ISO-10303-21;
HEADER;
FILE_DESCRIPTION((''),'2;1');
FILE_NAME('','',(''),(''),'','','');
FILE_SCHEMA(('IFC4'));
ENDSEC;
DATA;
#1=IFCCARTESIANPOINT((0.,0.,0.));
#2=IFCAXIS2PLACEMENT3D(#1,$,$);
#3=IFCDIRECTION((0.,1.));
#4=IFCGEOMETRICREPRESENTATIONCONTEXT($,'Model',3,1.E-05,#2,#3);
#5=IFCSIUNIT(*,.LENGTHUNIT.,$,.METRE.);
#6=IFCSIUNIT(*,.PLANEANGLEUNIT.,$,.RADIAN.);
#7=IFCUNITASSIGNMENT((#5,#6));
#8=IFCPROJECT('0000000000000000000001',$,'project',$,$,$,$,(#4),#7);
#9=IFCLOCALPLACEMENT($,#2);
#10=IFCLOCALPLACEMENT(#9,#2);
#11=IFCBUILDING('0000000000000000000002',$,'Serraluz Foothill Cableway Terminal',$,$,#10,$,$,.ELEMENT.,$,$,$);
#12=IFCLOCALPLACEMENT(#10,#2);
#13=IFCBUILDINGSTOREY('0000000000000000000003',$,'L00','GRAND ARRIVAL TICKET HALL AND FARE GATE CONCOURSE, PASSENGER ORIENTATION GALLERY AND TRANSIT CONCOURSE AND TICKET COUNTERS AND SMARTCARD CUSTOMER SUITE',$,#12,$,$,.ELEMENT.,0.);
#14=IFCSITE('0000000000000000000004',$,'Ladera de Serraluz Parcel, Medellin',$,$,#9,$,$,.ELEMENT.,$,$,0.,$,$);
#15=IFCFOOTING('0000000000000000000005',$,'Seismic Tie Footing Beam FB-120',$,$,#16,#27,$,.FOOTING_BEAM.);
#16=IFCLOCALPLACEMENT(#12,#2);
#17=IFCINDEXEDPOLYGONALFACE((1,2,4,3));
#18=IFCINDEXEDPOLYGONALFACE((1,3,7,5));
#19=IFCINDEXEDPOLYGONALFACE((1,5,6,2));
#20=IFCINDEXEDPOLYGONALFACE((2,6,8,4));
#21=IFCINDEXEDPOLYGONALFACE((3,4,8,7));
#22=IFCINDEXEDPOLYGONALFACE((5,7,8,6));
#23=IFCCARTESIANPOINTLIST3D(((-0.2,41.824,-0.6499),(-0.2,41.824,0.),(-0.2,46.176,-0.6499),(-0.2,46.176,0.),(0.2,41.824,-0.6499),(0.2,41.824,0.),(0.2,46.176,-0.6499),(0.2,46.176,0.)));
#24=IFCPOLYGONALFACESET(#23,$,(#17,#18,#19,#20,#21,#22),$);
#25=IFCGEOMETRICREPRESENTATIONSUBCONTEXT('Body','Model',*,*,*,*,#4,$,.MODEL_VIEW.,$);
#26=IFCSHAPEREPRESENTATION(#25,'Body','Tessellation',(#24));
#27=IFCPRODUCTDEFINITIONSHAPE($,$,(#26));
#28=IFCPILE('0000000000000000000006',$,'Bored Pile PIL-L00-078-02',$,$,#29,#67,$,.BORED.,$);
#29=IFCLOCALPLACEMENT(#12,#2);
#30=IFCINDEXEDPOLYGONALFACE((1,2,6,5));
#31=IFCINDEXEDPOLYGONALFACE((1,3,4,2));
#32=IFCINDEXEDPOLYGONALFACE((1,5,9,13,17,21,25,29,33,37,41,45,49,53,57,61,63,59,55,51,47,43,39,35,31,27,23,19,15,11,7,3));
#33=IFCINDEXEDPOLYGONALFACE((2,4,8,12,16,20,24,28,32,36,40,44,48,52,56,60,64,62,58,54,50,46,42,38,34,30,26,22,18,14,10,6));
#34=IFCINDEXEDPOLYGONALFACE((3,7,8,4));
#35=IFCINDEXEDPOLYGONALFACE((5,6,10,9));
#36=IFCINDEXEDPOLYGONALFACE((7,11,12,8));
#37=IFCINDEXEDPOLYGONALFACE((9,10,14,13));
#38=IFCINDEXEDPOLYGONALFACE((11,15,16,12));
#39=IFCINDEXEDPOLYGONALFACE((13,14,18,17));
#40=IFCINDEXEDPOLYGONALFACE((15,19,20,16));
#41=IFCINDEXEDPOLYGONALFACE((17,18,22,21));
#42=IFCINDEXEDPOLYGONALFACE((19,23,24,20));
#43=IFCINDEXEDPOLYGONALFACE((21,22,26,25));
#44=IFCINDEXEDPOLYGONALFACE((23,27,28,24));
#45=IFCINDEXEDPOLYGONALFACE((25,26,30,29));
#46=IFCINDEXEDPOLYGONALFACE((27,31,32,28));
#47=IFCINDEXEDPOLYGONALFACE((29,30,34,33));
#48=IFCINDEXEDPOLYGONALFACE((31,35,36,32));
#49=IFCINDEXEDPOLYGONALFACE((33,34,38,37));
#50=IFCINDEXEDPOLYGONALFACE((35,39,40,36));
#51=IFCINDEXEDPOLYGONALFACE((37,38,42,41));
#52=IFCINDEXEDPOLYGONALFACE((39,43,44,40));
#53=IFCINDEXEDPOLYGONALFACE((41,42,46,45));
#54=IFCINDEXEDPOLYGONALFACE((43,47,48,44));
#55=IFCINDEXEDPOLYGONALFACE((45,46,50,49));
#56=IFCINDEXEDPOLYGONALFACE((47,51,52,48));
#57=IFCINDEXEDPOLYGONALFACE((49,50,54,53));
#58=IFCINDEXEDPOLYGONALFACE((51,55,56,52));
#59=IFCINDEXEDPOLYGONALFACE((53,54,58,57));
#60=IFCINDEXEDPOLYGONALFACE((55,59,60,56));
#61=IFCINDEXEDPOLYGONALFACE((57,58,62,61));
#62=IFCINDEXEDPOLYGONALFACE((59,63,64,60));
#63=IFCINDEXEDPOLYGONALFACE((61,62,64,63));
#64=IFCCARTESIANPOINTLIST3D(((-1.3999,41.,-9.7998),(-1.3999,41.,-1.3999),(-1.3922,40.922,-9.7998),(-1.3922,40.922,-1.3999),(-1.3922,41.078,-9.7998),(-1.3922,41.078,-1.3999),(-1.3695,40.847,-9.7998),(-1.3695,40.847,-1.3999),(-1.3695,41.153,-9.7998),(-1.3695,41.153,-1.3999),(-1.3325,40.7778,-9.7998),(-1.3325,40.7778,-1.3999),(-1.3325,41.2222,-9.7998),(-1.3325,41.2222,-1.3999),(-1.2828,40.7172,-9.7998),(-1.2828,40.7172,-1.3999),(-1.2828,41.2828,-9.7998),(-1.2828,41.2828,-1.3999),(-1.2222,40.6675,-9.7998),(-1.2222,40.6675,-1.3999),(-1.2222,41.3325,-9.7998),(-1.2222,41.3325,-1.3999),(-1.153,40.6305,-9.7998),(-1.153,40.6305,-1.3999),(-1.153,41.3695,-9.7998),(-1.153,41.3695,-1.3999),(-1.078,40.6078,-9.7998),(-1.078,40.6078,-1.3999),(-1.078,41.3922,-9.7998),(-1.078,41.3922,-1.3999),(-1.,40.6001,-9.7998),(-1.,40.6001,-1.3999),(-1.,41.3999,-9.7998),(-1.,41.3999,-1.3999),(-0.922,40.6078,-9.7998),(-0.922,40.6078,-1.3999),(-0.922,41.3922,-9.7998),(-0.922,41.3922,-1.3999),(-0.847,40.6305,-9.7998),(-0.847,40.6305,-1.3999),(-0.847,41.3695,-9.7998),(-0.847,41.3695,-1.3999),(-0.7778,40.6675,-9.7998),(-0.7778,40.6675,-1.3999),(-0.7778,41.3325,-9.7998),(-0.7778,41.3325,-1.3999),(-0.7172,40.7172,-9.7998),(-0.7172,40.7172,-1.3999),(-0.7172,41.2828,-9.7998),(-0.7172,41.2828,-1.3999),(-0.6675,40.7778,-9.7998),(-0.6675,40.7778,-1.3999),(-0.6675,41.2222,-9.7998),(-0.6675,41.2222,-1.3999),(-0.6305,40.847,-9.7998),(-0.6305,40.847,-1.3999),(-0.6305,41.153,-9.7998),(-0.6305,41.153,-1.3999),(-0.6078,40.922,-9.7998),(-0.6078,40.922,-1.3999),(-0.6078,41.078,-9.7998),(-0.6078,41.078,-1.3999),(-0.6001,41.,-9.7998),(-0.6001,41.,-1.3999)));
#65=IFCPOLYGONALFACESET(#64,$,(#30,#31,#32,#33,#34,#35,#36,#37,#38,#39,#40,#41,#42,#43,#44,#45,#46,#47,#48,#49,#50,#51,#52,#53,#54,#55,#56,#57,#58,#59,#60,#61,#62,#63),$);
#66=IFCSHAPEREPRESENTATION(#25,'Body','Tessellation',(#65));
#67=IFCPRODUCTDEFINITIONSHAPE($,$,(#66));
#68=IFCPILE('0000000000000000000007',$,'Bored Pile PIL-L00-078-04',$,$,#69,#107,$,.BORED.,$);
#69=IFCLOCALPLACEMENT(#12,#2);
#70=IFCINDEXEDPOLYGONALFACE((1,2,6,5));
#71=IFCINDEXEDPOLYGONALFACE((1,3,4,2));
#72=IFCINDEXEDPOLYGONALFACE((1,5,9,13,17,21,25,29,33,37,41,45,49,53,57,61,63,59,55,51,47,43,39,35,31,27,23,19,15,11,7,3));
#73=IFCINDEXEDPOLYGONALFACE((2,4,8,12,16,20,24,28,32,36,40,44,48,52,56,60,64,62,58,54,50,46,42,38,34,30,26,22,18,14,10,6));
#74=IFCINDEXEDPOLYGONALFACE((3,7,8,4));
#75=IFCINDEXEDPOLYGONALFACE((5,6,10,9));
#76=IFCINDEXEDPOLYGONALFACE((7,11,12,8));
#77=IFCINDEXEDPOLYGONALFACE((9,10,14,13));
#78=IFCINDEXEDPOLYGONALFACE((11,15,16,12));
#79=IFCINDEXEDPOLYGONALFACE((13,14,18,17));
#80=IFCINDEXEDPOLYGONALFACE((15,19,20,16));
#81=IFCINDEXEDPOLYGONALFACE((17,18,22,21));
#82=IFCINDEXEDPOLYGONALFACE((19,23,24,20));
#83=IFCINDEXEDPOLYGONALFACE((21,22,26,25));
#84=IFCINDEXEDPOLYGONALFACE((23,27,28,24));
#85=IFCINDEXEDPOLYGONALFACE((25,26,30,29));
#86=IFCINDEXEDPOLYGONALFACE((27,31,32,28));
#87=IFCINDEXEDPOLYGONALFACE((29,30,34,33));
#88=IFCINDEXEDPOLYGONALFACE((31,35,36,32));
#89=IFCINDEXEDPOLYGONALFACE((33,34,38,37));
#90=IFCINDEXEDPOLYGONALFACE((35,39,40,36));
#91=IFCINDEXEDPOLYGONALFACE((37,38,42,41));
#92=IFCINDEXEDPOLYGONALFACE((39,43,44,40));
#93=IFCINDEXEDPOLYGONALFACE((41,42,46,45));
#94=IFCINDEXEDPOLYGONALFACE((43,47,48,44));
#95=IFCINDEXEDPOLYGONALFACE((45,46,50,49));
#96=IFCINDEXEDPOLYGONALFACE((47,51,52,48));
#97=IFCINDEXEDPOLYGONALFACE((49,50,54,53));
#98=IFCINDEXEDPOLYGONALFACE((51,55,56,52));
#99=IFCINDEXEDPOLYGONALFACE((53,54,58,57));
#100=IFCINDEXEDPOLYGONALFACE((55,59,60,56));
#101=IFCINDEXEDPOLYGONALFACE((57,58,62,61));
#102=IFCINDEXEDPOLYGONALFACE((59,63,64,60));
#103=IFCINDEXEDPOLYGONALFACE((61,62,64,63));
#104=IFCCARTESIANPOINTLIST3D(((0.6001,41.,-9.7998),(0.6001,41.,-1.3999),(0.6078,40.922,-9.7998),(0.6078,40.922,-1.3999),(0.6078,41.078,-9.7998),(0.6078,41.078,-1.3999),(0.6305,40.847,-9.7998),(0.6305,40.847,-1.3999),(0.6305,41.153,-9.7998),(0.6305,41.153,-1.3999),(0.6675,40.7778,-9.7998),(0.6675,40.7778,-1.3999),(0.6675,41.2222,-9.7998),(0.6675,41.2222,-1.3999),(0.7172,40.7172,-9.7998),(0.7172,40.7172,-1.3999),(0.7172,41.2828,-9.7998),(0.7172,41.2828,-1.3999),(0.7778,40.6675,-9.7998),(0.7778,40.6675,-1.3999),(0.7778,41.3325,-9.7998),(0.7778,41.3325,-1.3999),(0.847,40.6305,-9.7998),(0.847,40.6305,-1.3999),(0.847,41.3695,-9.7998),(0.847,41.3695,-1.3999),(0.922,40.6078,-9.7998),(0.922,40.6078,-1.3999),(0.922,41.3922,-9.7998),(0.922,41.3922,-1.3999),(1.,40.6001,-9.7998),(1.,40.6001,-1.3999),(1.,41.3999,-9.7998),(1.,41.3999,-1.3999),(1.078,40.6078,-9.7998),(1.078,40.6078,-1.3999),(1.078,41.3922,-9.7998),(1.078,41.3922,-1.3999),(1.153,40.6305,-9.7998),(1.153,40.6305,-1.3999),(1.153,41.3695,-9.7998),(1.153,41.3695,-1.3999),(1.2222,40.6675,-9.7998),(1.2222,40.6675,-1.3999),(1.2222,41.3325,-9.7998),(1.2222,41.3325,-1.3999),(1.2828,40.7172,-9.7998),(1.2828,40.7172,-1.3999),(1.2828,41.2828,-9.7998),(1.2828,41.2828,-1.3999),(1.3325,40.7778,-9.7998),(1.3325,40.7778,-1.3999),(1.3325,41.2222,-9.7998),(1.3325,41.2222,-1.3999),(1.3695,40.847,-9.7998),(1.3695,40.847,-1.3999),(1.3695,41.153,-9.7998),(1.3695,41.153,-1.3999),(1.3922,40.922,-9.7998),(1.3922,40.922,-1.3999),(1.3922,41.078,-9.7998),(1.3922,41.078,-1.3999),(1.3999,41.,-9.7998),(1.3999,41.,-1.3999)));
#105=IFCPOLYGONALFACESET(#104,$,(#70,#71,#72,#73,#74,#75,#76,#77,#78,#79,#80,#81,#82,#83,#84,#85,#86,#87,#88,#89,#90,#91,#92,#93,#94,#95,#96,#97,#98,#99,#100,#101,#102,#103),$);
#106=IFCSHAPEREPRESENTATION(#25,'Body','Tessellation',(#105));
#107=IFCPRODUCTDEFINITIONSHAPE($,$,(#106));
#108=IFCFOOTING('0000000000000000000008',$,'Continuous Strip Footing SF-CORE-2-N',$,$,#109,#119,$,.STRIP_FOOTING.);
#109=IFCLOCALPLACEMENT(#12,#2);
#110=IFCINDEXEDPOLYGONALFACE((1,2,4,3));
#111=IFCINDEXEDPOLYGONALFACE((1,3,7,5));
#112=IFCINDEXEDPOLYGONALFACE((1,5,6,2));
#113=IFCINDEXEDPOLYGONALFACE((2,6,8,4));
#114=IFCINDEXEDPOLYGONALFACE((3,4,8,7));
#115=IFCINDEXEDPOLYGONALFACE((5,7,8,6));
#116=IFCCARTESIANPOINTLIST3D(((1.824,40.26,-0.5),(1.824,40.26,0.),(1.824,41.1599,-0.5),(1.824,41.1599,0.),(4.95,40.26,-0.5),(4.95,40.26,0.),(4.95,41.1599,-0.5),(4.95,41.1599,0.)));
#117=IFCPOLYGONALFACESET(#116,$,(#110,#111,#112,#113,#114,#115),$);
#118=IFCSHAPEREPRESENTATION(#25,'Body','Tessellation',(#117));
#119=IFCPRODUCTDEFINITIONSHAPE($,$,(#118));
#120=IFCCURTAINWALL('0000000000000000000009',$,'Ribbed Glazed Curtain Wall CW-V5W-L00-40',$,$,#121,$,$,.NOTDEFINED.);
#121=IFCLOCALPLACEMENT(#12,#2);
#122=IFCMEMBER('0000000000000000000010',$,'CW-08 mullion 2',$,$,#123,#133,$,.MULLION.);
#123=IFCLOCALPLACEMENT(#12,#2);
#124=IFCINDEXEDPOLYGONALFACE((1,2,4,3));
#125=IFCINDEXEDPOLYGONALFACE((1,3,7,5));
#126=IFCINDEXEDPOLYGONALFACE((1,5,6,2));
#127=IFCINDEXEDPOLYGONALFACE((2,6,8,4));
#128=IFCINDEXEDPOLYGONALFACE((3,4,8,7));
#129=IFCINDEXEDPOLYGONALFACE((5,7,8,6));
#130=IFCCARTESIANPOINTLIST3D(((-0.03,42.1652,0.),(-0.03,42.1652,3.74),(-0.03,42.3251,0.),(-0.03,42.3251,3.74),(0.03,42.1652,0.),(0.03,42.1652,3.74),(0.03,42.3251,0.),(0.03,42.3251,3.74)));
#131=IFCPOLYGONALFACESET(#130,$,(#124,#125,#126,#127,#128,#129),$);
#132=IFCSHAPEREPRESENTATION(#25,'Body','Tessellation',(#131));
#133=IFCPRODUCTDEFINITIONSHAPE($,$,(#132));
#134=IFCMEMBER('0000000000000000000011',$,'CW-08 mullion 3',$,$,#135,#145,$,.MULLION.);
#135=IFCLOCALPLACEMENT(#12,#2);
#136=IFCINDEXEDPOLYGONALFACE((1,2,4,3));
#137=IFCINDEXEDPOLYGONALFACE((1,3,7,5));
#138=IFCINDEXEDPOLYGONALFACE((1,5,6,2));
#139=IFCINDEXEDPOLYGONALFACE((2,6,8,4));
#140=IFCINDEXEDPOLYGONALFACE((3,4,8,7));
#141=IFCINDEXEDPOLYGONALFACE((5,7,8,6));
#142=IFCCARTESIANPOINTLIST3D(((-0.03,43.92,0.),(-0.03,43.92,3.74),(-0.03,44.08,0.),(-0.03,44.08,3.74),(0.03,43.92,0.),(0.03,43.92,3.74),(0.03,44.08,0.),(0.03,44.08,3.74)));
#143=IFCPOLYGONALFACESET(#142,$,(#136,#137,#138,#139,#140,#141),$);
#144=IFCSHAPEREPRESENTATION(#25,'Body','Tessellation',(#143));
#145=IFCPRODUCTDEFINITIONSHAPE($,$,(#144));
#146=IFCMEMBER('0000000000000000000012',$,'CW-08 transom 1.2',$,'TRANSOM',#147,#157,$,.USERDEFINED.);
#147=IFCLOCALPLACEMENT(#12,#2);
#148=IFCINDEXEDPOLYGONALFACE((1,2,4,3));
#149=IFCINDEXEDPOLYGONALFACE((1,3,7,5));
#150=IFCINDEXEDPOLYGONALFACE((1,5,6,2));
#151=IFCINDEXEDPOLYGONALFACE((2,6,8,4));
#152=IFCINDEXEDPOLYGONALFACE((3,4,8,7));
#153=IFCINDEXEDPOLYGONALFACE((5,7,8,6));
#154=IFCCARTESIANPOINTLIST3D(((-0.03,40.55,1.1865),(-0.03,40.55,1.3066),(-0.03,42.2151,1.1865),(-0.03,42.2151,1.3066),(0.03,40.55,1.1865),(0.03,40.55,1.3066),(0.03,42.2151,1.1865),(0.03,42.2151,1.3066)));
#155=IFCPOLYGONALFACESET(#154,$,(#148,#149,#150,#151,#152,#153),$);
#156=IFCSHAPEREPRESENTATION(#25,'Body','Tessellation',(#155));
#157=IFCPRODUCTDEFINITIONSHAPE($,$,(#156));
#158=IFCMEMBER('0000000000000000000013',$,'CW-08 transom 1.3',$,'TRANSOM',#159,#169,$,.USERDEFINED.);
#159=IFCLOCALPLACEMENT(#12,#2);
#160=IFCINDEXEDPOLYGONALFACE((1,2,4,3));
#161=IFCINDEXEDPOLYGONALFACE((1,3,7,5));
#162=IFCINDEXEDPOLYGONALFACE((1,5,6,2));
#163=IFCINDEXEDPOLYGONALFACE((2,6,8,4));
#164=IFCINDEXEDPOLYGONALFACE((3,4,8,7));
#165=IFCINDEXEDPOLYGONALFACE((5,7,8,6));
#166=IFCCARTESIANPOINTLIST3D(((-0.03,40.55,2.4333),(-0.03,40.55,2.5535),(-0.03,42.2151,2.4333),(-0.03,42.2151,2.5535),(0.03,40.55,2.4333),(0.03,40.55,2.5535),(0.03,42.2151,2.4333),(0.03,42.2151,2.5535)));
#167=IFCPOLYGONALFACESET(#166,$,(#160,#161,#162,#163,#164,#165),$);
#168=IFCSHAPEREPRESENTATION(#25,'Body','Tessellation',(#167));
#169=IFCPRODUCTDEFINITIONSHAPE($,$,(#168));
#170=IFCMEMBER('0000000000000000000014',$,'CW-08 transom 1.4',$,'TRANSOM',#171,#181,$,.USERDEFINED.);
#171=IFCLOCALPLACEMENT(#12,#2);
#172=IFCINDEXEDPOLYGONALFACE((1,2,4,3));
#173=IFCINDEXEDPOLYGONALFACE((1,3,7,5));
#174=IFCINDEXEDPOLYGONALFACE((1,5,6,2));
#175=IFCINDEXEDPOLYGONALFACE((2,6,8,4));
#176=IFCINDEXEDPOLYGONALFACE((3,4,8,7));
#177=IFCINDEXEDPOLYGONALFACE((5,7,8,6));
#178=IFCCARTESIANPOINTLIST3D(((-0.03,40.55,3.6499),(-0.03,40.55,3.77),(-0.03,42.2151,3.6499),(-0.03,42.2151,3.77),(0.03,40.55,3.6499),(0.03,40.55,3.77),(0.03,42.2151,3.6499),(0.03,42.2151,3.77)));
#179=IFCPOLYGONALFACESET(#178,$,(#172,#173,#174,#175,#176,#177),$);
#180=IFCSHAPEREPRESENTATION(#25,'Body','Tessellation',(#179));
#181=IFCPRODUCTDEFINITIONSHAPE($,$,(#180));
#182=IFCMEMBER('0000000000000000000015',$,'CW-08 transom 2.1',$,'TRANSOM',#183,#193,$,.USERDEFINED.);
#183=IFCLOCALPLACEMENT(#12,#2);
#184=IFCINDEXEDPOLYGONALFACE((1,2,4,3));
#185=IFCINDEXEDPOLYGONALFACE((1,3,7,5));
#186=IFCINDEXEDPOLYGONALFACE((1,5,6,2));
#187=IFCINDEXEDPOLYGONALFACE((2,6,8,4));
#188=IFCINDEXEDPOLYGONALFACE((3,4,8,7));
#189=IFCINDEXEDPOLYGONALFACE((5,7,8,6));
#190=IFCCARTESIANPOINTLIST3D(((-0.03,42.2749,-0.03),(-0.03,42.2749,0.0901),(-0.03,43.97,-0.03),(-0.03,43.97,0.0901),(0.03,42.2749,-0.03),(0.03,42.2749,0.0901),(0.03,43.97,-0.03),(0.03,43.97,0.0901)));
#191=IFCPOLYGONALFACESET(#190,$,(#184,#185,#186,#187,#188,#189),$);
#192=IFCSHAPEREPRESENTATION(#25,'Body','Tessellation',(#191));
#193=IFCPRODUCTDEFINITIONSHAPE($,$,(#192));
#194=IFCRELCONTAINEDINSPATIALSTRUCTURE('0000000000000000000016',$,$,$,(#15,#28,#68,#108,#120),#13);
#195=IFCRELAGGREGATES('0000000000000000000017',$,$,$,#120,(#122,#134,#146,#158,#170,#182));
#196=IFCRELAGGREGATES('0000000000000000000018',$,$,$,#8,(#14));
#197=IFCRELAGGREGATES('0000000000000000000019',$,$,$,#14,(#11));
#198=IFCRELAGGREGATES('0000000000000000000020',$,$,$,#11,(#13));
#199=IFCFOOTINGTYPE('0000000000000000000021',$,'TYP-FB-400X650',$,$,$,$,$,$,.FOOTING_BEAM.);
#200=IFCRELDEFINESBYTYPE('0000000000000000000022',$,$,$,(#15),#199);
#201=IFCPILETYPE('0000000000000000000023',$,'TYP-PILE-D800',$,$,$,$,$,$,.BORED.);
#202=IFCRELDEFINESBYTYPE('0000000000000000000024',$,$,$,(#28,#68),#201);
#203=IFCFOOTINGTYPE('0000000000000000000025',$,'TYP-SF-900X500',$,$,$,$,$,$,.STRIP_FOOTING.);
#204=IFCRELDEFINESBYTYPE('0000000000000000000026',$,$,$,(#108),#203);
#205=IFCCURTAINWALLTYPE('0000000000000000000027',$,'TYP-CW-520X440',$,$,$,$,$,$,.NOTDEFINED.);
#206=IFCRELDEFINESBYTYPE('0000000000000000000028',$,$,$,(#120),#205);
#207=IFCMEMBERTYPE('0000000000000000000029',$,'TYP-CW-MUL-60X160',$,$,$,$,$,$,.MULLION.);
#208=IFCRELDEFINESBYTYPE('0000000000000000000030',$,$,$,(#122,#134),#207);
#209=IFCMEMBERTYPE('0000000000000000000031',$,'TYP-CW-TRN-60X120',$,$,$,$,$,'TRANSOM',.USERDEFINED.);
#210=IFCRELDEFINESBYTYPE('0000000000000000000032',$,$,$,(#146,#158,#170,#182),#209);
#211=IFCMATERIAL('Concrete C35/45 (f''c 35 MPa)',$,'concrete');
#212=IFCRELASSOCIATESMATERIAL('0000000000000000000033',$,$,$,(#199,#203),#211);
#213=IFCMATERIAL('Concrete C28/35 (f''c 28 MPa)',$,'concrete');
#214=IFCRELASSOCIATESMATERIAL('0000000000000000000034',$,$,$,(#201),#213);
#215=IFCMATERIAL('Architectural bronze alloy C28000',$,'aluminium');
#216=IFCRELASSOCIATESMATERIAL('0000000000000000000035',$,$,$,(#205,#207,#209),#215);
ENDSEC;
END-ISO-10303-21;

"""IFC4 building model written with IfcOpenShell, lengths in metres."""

from ifc_helpers import new_model, si_unit, direction, frame, origin, origin_2d, place, context, subcontext, project, spatial, rectangle, circle, extrude, material, material_profile, profile_set, type_object, element, aggregate, save


model = new_model("IFC4")

# Units and contexts
model_context = context("Model", 3, precision=1e-05, world=origin(), true_north=direction((0.0, 1.0)))
body_context = subcontext(model_context, "Body", "Model", "MODEL_VIEW")
ifc_project = project(units=[si_unit("LENGTHUNIT", "METRE"), si_unit("PLANEANGLEUNIT", "RADIAN")], contexts=[model_context])

# Site, building, storey
site_placement = place(None, origin())
site = spatial("IfcSite", under=ifc_project, at=site_placement, Name="Ladera de Serraluz Parcel, Medellin", CompositionType="ELEMENT", RefElevation=0.0)
building_placement = place(site_placement, origin())
building = spatial("IfcBuilding", under=site, at=building_placement, Name="Serraluz Foothill Cableway Terminal", CompositionType="ELEMENT")
storey_placement = place(building_placement, origin())
storey = spatial("IfcBuildingStorey", under=building, at=storey_placement, Name="L00", Description="GRAND ARRIVAL TICKET HALL AND FARE GATE CONCOURSE, PASSENGER ORIENTATION GALLERY AND TRANSIT CONCOURSE AND TICKET COUNTERS AND SMARTCARD CUSTOMER SUITE", CompositionType="ELEMENT", Elevation=0.0)

# Footing
ifc_material_1 = material(Name="Concrete C35/45 (f'c 35 MPa)", Category="concrete")
ifc_material_profile_1 = material_profile(ifc_material_1, rectangle(XDim=0.3999, YDim=0.6499, at=origin_2d()), Name="RC 400x650")
ifc_profile_set_1 = profile_set([ifc_material_profile_1], Name="Concrete C35/45 (f'c 35 MPa)")
footing_type_1 = type_object("IfcFootingType", Name="TYP-FB-400X650", PredefinedType="FOOTING_BEAM", material=ifc_profile_set_1)
footing_1_placement = place(storey_placement, frame((0.0, 41.824, -0.325), z_axis=(0.0, 1.0, 0.0), x_axis=(-1.0, 0.0, 0.0)))
element("IfcFooting", 1, at=footing_1_placement, inside=storey, type_object=footing_type_1, Name="Seismic Tie Footing Beam FB-120", PredefinedType="FOOTING_BEAM", context=body_context, shape_type="SweptSolid", body=[
    extrude(rectangle(XDim=0.3999, YDim=0.6499, at=origin_2d()), origin(), (0.0, 0.0, 1.0), 4.3521),
])

# Piles
ifc_material_2 = material(Name="Concrete C28/35 (f'c 28 MPa)", Category="concrete")
ifc_material_profile_2 = material_profile(ifc_material_2, circle(Radius=0.3999, at=origin_2d()), Name="BORED PILE D800")
ifc_profile_set_2 = profile_set([ifc_material_profile_2], Name="Concrete C28/35 (f'c 28 MPa)")
pile_type = type_object("IfcPileType", Name="TYP-PILE-D800", PredefinedType="BORED", material=ifc_profile_set_2)
for number, where, z_axis, x_axis, name in (
    (2, (-1.0, 41.0, -1.3999), (0.0, 0.0, -1.0), (1.0, 0.0, 0.0), "Bored Pile PIL-L00-078-02"),
    (3, (1.0, 41.0, -1.3999), (0.0, 0.0, -1.0), (1.0, 0.0, 0.0), "Bored Pile PIL-L00-078-04"),
):
    element("IfcPile", number, at=place(storey_placement, frame(where, z_axis=z_axis, x_axis=x_axis)), inside=storey, type_object=pile_type, Name=name, PredefinedType="BORED", context=body_context, shape_type="SweptSolid", body=[
        extrude(circle(Radius=0.3999, at=origin_2d()), origin(), (0.0, 0.0, 1.0), 8.3999),
    ])

# Footing
ifc_material_profile_3 = material_profile(ifc_material_1, rectangle(XDim=0.8999, YDim=0.5, at=origin_2d()), Name="SF 900x500")
ifc_profile_set_3 = profile_set([ifc_material_profile_3], Name="Concrete C35/45 (f'c 35 MPa)")
footing_type_2 = type_object("IfcFootingType", Name="TYP-SF-900X500", PredefinedType="STRIP_FOOTING", material=ifc_profile_set_3)
footing_2_placement = place(storey_placement, frame((1.824, 40.71, -0.25), z_axis=(1.0, 0.0, 0.0), x_axis=(0.0, 1.0, 0.0)))
element("IfcFooting", 4, at=footing_2_placement, inside=storey, type_object=footing_type_2, Name="Continuous Strip Footing SF-CORE-2-N", PredefinedType="STRIP_FOOTING", context=body_context, shape_type="SweptSolid", body=[
    extrude(rectangle(XDim=0.8999, YDim=0.5, at=origin_2d()), origin(), (0.0, 0.0, 1.0), 3.126),
])

# Curtain wall, members
ifc_material_3 = material(Name="Architectural bronze alloy C28000", Category="aluminium")
curtain_wall_type = type_object("IfcCurtainWallType", Name="TYP-CW-520X440", PredefinedType="NOTDEFINED", material=ifc_material_3)
curtain_wall_placement = place(storey_placement, origin())
curtain_wall = element("IfcCurtainWall", 5, at=curtain_wall_placement, inside=storey, type_object=curtain_wall_type, Name="Ribbed Glazed Curtain Wall CW-V5W-L00-40", PredefinedType="NOTDEFINED")
ifc_material_profile_4 = material_profile(ifc_material_3, rectangle(XDim=0.0601, YDim=0.1599, at=origin_2d()), Name="ALU MULLION 60x160")
ifc_profile_set_4 = profile_set([ifc_material_profile_4], Name="Architectural bronze alloy C28000")
member_type_1 = type_object("IfcMemberType", Name="TYP-CW-MUL-60X160", PredefinedType="MULLION", material=ifc_profile_set_4)
member_1_placement = place(storey_placement, frame((0.0, 42.2451, 0.0), z_axis=(0.0, 0.0, 1.0), x_axis=(-1.0, 0.0, 0.0)))
member_1 = element("IfcMember", 6, at=member_1_placement, type_object=member_type_1, Name="CW-08 mullion 2", PredefinedType="MULLION", context=body_context, shape_type="SweptSolid", body=[
    extrude(rectangle(XDim=0.0601, YDim=0.1599, at=origin_2d()), origin(), (0.0, 0.0, 1.0), 3.74),
])
member_2_placement = place(storey_placement, frame((0.0, 44.0, 0.0), z_axis=(0.0, 0.0, 1.0), x_axis=(-1.0, 0.0, 0.0)))
member_2 = element("IfcMember", 7, at=member_2_placement, type_object=member_type_1, Name="CW-08 mullion 3", PredefinedType="MULLION", context=body_context, shape_type="SweptSolid", body=[
    extrude(rectangle(XDim=0.0601, YDim=0.1599, at=origin_2d()), origin(), (0.0, 0.0, 1.0), 3.74),
])
ifc_material_profile_5 = material_profile(ifc_material_3, rectangle(XDim=0.0601, YDim=0.1201, at=origin_2d()), Name="ALU TRANSOM 60x120")
ifc_profile_set_5 = profile_set([ifc_material_profile_5], Name="Architectural bronze alloy C28000")
member_type_2 = type_object("IfcMemberType", Name="TYP-CW-TRN-60X120", ElementType="TRANSOM", PredefinedType="USERDEFINED", material=ifc_profile_set_5)
member_3_placement = place(storey_placement, frame((0.0, 40.55, 1.2466), z_axis=(0.0, 1.0, 0.0), x_axis=(-1.0, 0.0, 0.0)))
member_3 = element("IfcMember", 8, at=member_3_placement, type_object=member_type_2, Name="CW-08 transom 1.2", ObjectType="TRANSOM", PredefinedType="USERDEFINED", context=body_context, shape_type="SweptSolid", body=[
    extrude(rectangle(XDim=0.0601, YDim=0.1201, at=origin_2d()), origin(), (0.0, 0.0, 1.0), 1.665),
])
member_4_placement = place(storey_placement, frame((0.0, 40.55, 2.4934), z_axis=(0.0, 1.0, 0.0), x_axis=(-1.0, 0.0, 0.0)))
member_4 = element("IfcMember", 9, at=member_4_placement, type_object=member_type_2, Name="CW-08 transom 1.3", ObjectType="TRANSOM", PredefinedType="USERDEFINED", context=body_context, shape_type="SweptSolid", body=[
    extrude(rectangle(XDim=0.0601, YDim=0.1201, at=origin_2d()), origin(), (0.0, 0.0, 1.0), 1.665),
])
member_5_placement = place(storey_placement, frame((0.0, 40.55, 3.71), z_axis=(0.0, 1.0, 0.0), x_axis=(-1.0, 0.0, 0.0)))
member_5 = element("IfcMember", 10, at=member_5_placement, type_object=member_type_2, Name="CW-08 transom 1.4", ObjectType="TRANSOM", PredefinedType="USERDEFINED", context=body_context, shape_type="SweptSolid", body=[
    extrude(rectangle(XDim=0.0601, YDim=0.1201, at=origin_2d()), origin(), (0.0, 0.0, 1.0), 1.665),
])
member_6_placement = place(storey_placement, frame((0.0, 42.2749, 0.03), z_axis=(0.0, 1.0, 0.0), x_axis=(-1.0, 0.0, 0.0)))
member_6 = element("IfcMember", 11, at=member_6_placement, type_object=member_type_2, Name="CW-08 transom 2.1", ObjectType="TRANSOM", PredefinedType="USERDEFINED", context=body_context, shape_type="SweptSolid", body=[
    extrude(rectangle(XDim=0.0601, YDim=0.1201, at=origin_2d()), origin(), (0.0, 0.0, 1.0), 1.6951),
])

aggregate(curtain_wall, [member_1, member_2, member_3, member_4, member_5, member_6])

save(model, "model.ifc")
